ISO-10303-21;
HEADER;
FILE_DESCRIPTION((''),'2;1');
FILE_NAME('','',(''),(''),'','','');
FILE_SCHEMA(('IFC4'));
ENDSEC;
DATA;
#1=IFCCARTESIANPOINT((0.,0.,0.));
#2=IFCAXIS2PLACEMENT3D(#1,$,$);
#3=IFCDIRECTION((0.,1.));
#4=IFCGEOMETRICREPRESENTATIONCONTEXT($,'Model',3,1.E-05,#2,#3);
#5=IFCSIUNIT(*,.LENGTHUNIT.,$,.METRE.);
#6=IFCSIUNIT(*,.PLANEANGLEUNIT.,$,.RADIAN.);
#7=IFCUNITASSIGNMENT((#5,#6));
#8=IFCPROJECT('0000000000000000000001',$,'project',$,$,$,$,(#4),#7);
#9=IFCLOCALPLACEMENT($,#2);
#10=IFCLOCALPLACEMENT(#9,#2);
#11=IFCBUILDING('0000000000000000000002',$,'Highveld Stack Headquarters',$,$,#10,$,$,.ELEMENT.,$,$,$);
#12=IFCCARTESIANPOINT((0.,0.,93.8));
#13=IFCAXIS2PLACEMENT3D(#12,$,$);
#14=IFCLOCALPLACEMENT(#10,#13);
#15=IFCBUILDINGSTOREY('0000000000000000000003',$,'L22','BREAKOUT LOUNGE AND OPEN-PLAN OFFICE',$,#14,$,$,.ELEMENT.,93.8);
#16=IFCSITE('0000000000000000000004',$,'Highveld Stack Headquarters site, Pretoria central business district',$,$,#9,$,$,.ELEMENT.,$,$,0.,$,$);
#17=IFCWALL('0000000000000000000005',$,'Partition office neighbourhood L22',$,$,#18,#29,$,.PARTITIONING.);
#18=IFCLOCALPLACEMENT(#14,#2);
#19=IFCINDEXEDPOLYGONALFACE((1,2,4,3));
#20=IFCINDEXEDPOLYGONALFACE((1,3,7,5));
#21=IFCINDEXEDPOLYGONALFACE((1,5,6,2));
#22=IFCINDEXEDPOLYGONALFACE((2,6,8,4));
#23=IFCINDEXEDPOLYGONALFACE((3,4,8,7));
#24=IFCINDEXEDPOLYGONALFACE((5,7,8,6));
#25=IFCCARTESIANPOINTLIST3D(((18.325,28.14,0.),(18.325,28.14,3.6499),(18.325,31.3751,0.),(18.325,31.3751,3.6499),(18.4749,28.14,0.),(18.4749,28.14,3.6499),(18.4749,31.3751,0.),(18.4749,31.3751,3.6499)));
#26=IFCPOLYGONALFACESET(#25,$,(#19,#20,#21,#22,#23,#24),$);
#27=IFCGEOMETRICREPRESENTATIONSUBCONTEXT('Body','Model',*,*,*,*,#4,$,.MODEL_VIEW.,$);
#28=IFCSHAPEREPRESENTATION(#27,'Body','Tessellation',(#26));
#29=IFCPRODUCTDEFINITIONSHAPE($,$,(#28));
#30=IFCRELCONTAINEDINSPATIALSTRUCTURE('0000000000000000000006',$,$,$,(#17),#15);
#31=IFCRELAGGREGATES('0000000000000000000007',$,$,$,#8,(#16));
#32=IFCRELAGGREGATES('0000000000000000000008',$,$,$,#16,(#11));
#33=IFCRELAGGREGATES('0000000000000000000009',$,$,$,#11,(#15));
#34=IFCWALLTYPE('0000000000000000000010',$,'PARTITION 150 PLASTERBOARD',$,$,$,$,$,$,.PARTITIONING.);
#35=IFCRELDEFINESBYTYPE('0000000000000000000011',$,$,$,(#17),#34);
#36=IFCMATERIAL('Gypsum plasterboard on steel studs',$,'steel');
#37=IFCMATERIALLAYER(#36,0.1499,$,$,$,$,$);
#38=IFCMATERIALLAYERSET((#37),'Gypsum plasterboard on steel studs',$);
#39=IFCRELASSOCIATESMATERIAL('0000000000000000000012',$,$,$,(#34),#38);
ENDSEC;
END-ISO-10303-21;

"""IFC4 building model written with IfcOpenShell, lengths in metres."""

from ifc_helpers import new_model, si_unit, direction, frame, frame_2d, origin, place, context, subcontext, project, spatial, rectangle, extrude, material, layer, layer_set, type_object, element, save


model = new_model("IFC4")

# Units and contexts
model_context = context("Model", 3, precision=1e-05, world=origin(), true_north=direction((0.0, 1.0)))
body_context = subcontext(model_context, "Body", "Model", "MODEL_VIEW")
ifc_project = project(units=[si_unit("LENGTHUNIT", "METRE"), si_unit("PLANEANGLEUNIT", "RADIAN")], contexts=[model_context])

# Site, building, storey
site_placement = place(None, origin())
site = spatial("IfcSite", under=ifc_project, at=site_placement, Name="Highveld Stack Headquarters site, Pretoria central business district", CompositionType="ELEMENT", RefElevation=0.0)
building_placement = place(site_placement, origin())
building = spatial("IfcBuilding", under=site, at=building_placement, Name="Highveld Stack Headquarters", CompositionType="ELEMENT")
storey_placement = place(building_placement, frame((0.0, 0.0, 93.8)))
storey = spatial("IfcBuildingStorey", under=building, at=storey_placement, Name="L22", Description="BREAKOUT LOUNGE AND OPEN-PLAN OFFICE", CompositionType="ELEMENT", Elevation=93.8)

# Wall
ifc_material_1 = material(Name="Gypsum plasterboard on steel studs", Category="steel")
ifc_layer_1 = layer(ifc_material_1, 0.1499)
ifc_layer_set_1 = layer_set([ifc_layer_1], Name="Gypsum plasterboard on steel studs")
wall_type = type_object("IfcWallType", Name="PARTITION 150 PLASTERBOARD", PredefinedType="PARTITIONING", material=ifc_layer_set_1)
wall_1_placement = place(storey_placement, frame((18.3999, 28.1399, 0.0), z_axis=(0.0, 0.0, 1.0), x_axis=(0.0, 1.0, 0.0)))
element("IfcWall", 1, at=wall_1_placement, inside=storey, type_object=wall_type, Name="Partition office neighbourhood L22", PredefinedType="PARTITIONING", context=body_context, shape_type="SweptSolid", body=[
    extrude(rectangle(XDim=3.2351, YDim=0.1499, at=frame_2d((1.6177, 0.0))), origin(), (0.0, 0.0, 1.0), 3.6499),
])

save(model, "model.ifc")
